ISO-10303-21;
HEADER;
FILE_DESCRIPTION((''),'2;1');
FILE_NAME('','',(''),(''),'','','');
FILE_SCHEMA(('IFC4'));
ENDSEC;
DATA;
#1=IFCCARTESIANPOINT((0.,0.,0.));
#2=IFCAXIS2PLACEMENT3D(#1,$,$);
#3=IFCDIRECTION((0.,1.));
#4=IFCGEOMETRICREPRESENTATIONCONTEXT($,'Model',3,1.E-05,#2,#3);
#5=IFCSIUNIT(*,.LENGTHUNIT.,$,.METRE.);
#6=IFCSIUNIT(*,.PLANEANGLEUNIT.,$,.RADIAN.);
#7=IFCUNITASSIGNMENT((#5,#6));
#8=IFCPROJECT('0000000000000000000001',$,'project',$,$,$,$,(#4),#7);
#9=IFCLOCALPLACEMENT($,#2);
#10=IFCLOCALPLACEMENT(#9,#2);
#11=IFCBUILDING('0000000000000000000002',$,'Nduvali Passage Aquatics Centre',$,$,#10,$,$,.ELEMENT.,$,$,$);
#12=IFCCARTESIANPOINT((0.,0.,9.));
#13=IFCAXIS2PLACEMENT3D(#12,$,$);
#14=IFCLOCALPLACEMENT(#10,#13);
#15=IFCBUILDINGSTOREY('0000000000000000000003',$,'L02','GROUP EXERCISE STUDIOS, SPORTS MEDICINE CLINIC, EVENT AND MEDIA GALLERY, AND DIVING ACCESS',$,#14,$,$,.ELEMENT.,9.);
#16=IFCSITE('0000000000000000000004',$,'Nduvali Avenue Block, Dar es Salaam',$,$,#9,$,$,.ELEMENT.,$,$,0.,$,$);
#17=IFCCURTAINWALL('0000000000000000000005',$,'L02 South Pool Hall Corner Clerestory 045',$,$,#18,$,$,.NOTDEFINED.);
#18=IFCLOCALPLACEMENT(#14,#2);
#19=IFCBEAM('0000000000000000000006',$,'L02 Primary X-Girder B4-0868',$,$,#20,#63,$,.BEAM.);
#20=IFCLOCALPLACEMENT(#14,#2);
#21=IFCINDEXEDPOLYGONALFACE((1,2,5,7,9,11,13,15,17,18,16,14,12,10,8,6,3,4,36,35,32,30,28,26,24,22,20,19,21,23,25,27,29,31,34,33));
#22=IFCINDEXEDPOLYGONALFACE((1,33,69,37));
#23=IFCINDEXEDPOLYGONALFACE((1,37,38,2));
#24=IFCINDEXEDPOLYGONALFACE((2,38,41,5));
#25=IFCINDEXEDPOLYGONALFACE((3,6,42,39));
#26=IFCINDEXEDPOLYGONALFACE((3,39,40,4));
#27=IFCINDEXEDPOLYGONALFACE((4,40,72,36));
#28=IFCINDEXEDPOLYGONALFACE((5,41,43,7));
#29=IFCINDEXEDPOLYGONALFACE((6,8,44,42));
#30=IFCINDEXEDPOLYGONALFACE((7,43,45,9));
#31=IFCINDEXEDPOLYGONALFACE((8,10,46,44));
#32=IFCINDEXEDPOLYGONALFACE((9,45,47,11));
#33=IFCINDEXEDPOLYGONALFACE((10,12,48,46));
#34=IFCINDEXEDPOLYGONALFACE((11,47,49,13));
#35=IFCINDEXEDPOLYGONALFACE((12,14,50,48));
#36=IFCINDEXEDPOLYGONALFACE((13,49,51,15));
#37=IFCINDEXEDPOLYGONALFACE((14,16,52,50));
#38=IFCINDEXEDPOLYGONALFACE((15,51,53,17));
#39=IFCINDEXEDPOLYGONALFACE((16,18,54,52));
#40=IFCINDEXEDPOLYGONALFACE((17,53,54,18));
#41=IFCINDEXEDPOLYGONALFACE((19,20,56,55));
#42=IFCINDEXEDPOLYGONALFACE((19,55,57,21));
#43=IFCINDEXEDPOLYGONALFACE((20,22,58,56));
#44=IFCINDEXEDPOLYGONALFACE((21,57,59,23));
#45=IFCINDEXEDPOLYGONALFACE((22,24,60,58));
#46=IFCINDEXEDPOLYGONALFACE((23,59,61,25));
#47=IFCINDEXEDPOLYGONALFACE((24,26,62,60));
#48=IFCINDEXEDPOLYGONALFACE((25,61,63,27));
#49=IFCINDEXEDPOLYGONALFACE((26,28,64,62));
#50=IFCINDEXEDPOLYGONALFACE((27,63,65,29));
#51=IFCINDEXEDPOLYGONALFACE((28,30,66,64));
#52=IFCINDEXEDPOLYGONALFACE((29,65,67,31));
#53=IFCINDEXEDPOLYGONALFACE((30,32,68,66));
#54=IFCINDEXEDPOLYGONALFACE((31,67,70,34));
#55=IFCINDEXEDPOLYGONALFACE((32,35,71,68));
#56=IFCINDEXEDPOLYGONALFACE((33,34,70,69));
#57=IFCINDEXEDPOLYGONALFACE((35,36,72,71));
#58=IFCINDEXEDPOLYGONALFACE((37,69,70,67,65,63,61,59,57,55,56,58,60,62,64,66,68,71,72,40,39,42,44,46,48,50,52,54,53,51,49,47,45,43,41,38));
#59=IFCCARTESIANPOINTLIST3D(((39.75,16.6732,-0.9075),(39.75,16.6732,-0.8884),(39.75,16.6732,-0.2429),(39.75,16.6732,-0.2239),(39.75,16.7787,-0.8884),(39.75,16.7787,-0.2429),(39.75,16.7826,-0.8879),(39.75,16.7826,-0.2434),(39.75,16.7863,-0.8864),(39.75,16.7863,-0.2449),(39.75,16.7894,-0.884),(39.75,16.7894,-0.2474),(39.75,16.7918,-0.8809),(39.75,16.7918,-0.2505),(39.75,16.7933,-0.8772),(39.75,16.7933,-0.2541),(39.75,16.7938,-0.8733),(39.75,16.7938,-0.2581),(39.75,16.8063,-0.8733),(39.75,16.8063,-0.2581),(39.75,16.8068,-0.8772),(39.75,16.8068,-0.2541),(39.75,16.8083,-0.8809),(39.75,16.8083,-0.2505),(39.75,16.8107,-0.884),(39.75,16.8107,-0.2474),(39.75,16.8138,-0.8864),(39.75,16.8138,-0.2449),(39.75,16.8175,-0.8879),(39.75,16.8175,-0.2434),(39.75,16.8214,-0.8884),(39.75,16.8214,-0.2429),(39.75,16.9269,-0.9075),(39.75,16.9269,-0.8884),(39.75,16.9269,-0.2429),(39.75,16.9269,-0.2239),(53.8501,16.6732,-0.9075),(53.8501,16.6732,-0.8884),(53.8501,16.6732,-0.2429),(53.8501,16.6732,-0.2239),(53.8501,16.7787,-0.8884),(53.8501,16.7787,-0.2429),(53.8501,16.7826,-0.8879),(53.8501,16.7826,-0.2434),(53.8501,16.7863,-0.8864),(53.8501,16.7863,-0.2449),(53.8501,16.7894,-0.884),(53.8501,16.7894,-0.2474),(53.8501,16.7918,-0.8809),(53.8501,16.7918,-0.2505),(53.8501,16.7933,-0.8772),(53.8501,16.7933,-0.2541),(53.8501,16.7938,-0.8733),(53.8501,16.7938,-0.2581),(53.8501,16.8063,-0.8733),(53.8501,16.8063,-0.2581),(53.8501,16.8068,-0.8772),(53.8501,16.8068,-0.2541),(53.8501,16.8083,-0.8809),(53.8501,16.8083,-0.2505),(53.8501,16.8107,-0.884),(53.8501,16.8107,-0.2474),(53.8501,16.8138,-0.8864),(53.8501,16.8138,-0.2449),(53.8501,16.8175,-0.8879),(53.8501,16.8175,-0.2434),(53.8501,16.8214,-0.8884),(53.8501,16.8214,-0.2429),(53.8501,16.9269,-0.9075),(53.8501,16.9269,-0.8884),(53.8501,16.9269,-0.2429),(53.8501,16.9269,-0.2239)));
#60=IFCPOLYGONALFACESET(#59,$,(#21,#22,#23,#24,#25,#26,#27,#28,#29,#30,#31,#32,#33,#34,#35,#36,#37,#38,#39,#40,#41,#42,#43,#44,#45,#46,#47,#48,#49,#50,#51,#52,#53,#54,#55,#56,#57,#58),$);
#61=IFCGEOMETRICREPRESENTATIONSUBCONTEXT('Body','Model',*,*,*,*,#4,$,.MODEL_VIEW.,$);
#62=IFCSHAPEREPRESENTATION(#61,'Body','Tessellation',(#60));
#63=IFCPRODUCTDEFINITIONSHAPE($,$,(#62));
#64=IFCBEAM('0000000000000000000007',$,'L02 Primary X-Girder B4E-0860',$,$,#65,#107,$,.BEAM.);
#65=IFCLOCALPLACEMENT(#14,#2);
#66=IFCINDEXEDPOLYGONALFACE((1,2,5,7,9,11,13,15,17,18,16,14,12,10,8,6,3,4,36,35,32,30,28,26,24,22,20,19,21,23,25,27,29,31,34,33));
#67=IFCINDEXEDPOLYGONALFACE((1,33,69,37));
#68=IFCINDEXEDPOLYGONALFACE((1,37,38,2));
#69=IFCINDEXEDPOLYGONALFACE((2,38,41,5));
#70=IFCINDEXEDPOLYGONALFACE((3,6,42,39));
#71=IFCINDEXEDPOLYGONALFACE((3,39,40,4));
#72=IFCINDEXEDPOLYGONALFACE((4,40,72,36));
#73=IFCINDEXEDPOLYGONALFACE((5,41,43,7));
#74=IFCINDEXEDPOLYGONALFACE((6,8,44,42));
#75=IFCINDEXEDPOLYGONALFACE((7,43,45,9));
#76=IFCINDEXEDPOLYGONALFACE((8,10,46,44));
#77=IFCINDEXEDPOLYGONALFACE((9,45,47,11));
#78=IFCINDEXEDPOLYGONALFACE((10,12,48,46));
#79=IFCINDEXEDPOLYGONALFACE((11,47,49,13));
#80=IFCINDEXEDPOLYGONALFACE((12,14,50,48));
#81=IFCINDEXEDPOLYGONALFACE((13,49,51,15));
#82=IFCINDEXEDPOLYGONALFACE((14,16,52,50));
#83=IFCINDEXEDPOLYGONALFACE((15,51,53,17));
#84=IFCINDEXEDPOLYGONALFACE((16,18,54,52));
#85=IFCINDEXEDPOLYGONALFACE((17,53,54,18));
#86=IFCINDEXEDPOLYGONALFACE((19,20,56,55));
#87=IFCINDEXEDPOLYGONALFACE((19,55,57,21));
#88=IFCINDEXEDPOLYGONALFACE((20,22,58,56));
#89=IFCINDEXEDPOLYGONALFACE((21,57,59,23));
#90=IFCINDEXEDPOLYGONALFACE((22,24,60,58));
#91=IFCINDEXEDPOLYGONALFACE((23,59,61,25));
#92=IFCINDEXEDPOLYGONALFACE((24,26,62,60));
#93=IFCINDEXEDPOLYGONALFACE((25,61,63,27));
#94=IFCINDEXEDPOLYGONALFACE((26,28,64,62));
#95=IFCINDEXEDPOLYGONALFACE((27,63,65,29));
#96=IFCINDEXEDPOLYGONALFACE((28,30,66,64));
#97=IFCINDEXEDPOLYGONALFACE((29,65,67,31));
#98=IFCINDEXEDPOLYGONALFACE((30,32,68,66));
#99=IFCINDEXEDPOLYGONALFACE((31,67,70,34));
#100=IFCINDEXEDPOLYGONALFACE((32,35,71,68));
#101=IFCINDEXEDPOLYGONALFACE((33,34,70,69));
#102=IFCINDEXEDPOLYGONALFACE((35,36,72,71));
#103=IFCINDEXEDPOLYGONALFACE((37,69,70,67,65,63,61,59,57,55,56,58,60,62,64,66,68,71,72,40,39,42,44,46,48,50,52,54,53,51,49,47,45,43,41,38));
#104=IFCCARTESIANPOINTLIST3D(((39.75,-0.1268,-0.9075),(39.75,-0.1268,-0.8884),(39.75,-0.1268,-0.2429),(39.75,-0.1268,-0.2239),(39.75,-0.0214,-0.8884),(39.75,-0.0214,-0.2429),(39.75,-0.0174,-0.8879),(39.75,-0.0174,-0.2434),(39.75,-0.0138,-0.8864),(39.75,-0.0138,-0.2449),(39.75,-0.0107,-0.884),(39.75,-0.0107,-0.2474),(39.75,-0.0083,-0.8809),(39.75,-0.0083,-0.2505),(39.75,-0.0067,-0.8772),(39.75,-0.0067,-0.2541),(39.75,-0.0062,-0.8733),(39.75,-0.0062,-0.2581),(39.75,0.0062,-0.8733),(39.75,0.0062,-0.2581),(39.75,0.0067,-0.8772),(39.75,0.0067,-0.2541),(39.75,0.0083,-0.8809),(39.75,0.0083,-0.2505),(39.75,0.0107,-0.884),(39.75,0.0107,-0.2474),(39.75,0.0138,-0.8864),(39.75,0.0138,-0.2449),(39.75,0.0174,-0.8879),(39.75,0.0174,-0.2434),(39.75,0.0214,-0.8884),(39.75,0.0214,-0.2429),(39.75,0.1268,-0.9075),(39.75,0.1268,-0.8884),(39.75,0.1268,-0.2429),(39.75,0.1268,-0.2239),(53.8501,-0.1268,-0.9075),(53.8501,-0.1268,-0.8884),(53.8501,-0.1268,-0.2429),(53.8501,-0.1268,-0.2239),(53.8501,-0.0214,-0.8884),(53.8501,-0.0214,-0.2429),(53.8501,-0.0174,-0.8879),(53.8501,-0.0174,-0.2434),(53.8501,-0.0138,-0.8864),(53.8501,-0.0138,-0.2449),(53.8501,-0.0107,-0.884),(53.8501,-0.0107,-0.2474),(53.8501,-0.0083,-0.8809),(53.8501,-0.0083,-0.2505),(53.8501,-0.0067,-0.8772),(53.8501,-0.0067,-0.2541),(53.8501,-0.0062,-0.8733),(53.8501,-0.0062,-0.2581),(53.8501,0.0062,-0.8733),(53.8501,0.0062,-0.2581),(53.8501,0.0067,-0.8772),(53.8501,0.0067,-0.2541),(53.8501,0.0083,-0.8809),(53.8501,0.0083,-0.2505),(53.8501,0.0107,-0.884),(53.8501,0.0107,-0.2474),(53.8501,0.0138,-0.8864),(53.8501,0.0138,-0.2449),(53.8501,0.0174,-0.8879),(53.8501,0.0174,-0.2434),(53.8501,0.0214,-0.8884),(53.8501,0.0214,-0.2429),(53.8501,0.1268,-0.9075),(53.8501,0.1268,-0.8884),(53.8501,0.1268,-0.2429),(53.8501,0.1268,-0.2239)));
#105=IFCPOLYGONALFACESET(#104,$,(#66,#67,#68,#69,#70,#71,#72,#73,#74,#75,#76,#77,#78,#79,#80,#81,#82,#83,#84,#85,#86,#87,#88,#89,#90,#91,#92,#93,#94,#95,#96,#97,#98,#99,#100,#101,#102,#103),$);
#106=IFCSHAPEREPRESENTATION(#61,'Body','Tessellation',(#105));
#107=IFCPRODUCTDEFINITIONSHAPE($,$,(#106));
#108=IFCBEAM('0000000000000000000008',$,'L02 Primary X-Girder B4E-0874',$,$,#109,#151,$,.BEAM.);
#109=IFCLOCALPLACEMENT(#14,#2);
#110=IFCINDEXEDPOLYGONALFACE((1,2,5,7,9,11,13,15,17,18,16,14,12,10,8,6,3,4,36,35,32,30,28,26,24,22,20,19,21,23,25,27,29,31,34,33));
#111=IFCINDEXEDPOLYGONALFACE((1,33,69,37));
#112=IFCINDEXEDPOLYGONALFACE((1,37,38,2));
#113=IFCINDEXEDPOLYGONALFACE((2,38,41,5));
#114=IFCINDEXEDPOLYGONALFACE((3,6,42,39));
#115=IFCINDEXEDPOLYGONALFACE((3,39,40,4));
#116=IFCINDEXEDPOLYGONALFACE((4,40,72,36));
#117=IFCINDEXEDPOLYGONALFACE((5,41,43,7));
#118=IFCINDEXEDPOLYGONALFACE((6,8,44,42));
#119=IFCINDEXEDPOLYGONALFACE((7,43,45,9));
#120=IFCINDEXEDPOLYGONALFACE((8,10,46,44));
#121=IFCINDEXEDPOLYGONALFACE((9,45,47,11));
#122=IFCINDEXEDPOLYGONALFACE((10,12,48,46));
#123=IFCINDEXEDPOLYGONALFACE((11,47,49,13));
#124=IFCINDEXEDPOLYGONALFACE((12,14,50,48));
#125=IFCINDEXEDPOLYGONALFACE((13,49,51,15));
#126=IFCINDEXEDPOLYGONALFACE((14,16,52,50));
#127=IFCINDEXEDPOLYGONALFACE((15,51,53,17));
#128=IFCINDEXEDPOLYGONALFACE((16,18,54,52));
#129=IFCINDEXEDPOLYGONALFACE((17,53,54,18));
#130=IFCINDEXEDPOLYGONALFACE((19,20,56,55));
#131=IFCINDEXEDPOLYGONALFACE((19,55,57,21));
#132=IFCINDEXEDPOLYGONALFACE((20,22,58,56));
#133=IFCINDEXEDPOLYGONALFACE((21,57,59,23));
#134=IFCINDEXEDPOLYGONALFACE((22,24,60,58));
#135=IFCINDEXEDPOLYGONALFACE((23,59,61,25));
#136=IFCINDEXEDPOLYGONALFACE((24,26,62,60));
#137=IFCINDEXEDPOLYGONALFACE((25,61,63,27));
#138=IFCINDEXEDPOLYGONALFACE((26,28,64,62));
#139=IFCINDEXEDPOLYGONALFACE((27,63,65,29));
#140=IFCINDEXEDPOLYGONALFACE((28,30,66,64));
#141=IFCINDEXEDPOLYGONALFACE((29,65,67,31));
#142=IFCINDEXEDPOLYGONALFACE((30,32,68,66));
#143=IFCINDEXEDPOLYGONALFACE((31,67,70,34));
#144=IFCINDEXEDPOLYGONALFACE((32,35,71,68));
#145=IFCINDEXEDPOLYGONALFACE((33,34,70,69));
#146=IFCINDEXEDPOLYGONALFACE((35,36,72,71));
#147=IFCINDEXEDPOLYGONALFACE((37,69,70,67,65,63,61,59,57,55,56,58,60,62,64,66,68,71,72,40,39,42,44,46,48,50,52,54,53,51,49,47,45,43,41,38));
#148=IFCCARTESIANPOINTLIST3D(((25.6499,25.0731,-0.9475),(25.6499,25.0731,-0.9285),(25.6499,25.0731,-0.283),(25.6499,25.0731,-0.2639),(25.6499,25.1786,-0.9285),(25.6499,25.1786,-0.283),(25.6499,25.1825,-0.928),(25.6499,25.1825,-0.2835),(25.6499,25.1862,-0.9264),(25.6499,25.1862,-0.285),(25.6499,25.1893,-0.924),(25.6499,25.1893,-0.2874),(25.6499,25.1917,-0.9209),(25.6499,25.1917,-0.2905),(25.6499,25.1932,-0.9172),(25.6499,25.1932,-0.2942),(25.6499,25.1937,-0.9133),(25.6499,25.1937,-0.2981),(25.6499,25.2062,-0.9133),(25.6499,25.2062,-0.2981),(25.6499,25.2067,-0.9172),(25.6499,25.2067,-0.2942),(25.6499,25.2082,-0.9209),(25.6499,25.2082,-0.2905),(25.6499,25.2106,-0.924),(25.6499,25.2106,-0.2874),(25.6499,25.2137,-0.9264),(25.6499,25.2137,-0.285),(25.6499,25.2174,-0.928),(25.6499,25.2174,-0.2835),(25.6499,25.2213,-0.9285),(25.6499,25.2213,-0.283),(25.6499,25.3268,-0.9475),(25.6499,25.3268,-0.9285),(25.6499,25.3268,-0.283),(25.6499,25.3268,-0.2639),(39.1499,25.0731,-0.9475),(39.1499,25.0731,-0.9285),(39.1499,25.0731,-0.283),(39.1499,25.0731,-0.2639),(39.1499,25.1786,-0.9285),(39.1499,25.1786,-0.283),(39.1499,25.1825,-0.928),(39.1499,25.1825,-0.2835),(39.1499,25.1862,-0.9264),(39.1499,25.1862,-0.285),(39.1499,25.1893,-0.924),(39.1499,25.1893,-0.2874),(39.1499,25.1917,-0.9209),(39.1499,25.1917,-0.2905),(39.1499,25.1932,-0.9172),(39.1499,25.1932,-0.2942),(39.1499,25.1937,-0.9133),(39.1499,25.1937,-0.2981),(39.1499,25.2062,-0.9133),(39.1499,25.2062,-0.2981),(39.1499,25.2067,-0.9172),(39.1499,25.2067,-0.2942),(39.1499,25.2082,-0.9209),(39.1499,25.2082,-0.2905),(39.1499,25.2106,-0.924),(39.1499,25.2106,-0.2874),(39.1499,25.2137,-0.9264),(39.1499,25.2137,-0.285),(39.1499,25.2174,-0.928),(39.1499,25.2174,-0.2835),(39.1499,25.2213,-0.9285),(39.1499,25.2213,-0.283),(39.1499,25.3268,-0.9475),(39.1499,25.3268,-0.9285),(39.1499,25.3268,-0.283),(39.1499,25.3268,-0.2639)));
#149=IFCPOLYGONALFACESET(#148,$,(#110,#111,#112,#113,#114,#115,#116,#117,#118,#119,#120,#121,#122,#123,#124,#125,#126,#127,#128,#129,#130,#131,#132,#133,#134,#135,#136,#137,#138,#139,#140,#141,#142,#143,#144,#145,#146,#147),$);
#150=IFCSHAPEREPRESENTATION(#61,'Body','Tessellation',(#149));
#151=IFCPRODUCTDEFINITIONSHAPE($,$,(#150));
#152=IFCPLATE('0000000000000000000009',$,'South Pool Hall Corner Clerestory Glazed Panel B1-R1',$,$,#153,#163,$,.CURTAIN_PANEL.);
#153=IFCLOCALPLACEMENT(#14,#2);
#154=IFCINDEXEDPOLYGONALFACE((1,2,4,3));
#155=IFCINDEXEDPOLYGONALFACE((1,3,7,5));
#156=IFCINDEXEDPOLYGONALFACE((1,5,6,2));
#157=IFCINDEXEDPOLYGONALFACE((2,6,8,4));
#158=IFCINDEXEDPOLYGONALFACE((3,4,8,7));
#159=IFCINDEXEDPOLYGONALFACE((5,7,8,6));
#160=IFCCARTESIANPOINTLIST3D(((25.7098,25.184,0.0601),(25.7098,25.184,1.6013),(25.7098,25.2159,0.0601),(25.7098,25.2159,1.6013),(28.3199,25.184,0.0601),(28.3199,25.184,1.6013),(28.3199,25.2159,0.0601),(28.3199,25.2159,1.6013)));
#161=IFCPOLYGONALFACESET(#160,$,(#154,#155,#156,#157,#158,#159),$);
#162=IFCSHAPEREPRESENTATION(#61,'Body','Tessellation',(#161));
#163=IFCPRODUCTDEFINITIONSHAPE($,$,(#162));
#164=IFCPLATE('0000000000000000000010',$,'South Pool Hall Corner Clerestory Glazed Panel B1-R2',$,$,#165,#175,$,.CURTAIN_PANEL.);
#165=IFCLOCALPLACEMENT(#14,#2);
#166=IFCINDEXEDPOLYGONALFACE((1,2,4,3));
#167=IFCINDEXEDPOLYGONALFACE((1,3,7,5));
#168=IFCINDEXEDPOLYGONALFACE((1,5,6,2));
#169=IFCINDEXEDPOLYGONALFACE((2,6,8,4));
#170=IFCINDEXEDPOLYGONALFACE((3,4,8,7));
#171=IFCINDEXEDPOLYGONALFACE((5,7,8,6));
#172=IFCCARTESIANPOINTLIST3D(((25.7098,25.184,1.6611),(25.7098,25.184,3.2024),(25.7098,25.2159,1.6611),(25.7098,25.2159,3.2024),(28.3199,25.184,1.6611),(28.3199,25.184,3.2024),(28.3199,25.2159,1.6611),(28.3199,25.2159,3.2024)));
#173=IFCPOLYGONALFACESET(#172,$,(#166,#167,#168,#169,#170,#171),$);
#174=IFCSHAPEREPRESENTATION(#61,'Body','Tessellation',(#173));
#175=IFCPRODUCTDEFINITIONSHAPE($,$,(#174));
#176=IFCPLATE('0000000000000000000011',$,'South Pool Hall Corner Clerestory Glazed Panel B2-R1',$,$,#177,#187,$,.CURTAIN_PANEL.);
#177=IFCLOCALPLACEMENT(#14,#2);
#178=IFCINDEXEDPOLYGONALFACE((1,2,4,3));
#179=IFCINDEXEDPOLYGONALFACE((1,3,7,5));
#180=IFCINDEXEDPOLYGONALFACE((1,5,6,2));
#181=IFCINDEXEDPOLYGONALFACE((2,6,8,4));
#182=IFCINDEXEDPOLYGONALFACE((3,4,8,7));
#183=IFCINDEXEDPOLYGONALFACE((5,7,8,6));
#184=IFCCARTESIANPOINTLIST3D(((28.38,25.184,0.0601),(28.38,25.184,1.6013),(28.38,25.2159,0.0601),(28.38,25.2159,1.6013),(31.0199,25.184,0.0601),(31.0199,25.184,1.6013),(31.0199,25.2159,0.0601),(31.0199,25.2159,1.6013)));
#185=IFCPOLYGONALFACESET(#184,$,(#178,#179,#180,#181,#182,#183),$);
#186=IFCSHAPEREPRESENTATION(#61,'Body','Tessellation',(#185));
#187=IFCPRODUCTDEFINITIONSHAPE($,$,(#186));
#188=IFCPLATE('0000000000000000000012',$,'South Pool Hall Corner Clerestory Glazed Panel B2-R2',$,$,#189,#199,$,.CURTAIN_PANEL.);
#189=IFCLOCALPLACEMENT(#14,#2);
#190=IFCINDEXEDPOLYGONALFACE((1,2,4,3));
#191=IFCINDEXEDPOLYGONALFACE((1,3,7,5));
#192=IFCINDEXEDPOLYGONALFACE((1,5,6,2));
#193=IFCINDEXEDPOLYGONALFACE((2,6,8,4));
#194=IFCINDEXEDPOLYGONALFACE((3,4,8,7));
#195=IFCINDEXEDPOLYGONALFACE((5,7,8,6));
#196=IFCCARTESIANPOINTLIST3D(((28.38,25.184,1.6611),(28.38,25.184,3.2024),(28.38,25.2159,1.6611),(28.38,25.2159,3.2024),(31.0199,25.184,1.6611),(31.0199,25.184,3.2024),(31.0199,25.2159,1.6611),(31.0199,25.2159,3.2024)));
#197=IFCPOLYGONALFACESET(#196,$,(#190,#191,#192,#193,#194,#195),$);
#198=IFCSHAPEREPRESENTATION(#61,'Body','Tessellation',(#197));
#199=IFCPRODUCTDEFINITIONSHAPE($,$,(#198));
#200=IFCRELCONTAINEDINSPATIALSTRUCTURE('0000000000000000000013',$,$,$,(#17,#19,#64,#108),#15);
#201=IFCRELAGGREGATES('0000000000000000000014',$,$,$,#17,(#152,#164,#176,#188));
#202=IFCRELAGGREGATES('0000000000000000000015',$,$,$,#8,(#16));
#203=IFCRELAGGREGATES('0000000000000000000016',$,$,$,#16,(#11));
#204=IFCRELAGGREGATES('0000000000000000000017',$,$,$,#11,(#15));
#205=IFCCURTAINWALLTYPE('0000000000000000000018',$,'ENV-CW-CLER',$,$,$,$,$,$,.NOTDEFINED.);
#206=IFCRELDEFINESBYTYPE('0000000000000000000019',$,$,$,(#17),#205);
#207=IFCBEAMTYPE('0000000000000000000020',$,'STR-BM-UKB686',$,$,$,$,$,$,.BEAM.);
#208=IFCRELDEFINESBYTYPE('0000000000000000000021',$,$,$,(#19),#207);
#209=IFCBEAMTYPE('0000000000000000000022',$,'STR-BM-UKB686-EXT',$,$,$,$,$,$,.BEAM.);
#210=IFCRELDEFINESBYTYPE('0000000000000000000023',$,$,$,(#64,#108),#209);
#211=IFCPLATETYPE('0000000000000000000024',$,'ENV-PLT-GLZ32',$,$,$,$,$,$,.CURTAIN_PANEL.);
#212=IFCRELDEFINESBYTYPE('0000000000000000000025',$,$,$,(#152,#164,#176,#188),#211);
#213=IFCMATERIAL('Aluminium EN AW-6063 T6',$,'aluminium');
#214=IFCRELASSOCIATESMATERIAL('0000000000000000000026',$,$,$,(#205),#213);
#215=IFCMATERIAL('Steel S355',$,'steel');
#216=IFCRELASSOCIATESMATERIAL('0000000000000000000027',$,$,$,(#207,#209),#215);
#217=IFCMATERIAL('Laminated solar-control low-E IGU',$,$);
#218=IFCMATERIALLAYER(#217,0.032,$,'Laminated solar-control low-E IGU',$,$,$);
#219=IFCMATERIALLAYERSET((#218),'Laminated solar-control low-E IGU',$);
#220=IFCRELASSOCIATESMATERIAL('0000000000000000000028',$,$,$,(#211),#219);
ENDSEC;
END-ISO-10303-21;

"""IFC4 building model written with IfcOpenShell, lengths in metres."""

from ifc_helpers import new_model, si_unit, direction, frame, origin, origin_2d, place, context, subcontext, project, spatial, rectangle, i_section, extrude, material, layer, layer_set, material_profile, profile_set, type_object, element, aggregate, save


model = new_model("IFC4")

# Units and contexts
model_context = context("Model", 3, precision=1e-05, world=origin(), true_north=direction((0.0, 1.0)))
body_context = subcontext(model_context, "Body", "Model", "MODEL_VIEW")
ifc_project = project(units=[si_unit("LENGTHUNIT", "METRE"), si_unit("PLANEANGLEUNIT", "RADIAN")], contexts=[model_context])

# Site, building, storey
site_placement = place(None, origin())
site = spatial("IfcSite", under=ifc_project, at=site_placement, Name="Nduvali Avenue Block, Dar es Salaam", CompositionType="ELEMENT", RefElevation=0.0)
building_placement = place(site_placement, origin())
building = spatial("IfcBuilding", under=site, at=building_placement, Name="Nduvali Passage Aquatics Centre", CompositionType="ELEMENT")
storey_placement = place(building_placement, frame((0.0, 0.0, 9.0)))
storey = spatial("IfcBuildingStorey", under=building, at=storey_placement, Name="L02", Description="GROUP EXERCISE STUDIOS, SPORTS MEDICINE CLINIC, EVENT AND MEDIA GALLERY, AND DIVING ACCESS", CompositionType="ELEMENT", Elevation=9.0)

# Curtain wall
ifc_material_1 = material(Name="Aluminium EN AW-6063 T6", Category="aluminium")
curtain_wall_type = type_object("IfcCurtainWallType", Name="ENV-CW-CLER", PredefinedType="NOTDEFINED", material=ifc_material_1)
curtain_wall_placement = place(storey_placement, origin())
curtain_wall = element("IfcCurtainWall", 1, at=curtain_wall_placement, inside=storey, type_object=curtain_wall_type, Name="L02 South Pool Hall Corner Clerestory 045", PredefinedType="NOTDEFINED")

# Beams
ifc_material_2 = material(Name="Steel S355", Category="steel")
ifc_material_profile_1 = material_profile(ifc_material_2, i_section(OverallWidth=0.2537, OverallDepth=0.6836, WebThickness=0.0125, FlangeThickness=0.019, FilletRadius=0.0151, at=origin_2d()), Name="UKB 686x254x140")
ifc_profile_set_1 = profile_set([ifc_material_profile_1], Name="Steel S355")
beam_type_1 = type_object("IfcBeamType", Name="STR-BM-UKB686", PredefinedType="BEAM", material=ifc_profile_set_1)
beam_1_placement = place(storey_placement, frame((39.75, 16.8, -0.5657), z_axis=(1.0, 0.0, 0.0), x_axis=(0.0, 1.0, 0.0)))
element("IfcBeam", 2, at=beam_1_placement, inside=storey, type_object=beam_type_1, Name="L02 Primary X-Girder B4-0868", PredefinedType="BEAM", context=body_context, shape_type="SweptSolid", body=[
    extrude(i_section(OverallWidth=0.2537, OverallDepth=0.6836, WebThickness=0.0125, FlangeThickness=0.019, FilletRadius=0.0151, at=origin_2d()), origin(), (0.0, 0.0, 1.0), 14.1001),
])
ifc_material_profile_2 = material_profile(ifc_material_2, i_section(OverallWidth=0.2537, OverallDepth=0.6836, WebThickness=0.0125, FlangeThickness=0.019, FilletRadius=0.0151, at=origin_2d()), Name="UKB 686x254x140")
ifc_profile_set_2 = profile_set([ifc_material_profile_2], Name="Steel S355")
beam_type_2 = type_object("IfcBeamType", Name="STR-BM-UKB686-EXT", PredefinedType="BEAM", material=ifc_profile_set_2)
beam_2_placement = place(storey_placement, frame((39.75, 0.0, -0.5657), z_axis=(1.0, 0.0, 0.0), x_axis=(0.0, 1.0, 0.0)))
element("IfcBeam", 3, at=beam_2_placement, inside=storey, type_object=beam_type_2, Name="L02 Primary X-Girder B4E-0860", PredefinedType="BEAM", context=body_context, shape_type="SweptSolid", body=[
    extrude(i_section(OverallWidth=0.2537, OverallDepth=0.6836, WebThickness=0.0125, FlangeThickness=0.019, FilletRadius=0.0151, at=origin_2d()), origin(), (0.0, 0.0, 1.0), 14.1001),
])
beam_3_placement = place(storey_placement, frame((25.6499, 25.2, -0.6057), z_axis=(1.0, 0.0, 0.0), x_axis=(0.0, 1.0, 0.0)))
element("IfcBeam", 4, at=beam_3_placement, inside=storey, type_object=beam_type_2, Name="L02 Primary X-Girder B4E-0874", PredefinedType="BEAM", context=body_context, shape_type="SweptSolid", body=[
    extrude(i_section(OverallWidth=0.2537, OverallDepth=0.6836, WebThickness=0.0125, FlangeThickness=0.019, FilletRadius=0.0151, at=origin_2d()), origin(), (0.0, 0.0, 1.0), 13.5),
])

# Plates
ifc_material_3 = material(Name="Laminated solar-control low-E IGU")
ifc_layer_1 = layer(ifc_material_3, 0.032, Name="Laminated solar-control low-E IGU")
ifc_layer_set_1 = layer_set([ifc_layer_1], Name="Laminated solar-control low-E IGU")
plate_type = type_object("IfcPlateType", Name="ENV-PLT-GLZ32", PredefinedType="CURTAIN_PANEL", material=ifc_layer_set_1)
plate_1_placement = place(storey_placement, frame((27.0149, 25.2, 0.0601), z_axis=(0.0, 0.0, 1.0), x_axis=(1.0, 0.0, 0.0)))
plate_1 = element("IfcPlate", 5, at=plate_1_placement, type_object=plate_type, Name="South Pool Hall Corner Clerestory Glazed Panel B1-R1", PredefinedType="CURTAIN_PANEL", context=body_context, shape_type="SweptSolid", body=[
    extrude(rectangle(XDim=2.6101, YDim=0.032, at=origin_2d()), origin(), (0.0, 0.0, 1.0), 1.5413),
])
plate_2_placement = place(storey_placement, frame((27.0149, 25.2, 1.6611), z_axis=(0.0, 0.0, 1.0), x_axis=(1.0, 0.0, 0.0)))
plate_2 = element("IfcPlate", 6, at=plate_2_placement, type_object=plate_type, Name="South Pool Hall Corner Clerestory Glazed Panel B1-R2", PredefinedType="CURTAIN_PANEL", context=body_context, shape_type="SweptSolid", body=[
    extrude(rectangle(XDim=2.6101, YDim=0.032, at=origin_2d()), origin(), (0.0, 0.0, 1.0), 1.5413),
])
plate_3_placement = place(storey_placement, frame((29.7, 25.2, 0.0601), z_axis=(0.0, 0.0, 1.0), x_axis=(1.0, 0.0, 0.0)))
plate_3 = element("IfcPlate", 7, at=plate_3_placement, type_object=plate_type, Name="South Pool Hall Corner Clerestory Glazed Panel B2-R1", PredefinedType="CURTAIN_PANEL", context=body_context, shape_type="SweptSolid", body=[
    extrude(rectangle(XDim=2.6399, YDim=0.032, at=origin_2d()), origin(), (0.0, 0.0, 1.0), 1.5413),
])
plate_4_placement = place(storey_placement, frame((29.7, 25.2, 1.6611), z_axis=(0.0, 0.0, 1.0), x_axis=(1.0, 0.0, 0.0)))
plate_4 = element("IfcPlate", 8, at=plate_4_placement, type_object=plate_type, Name="South Pool Hall Corner Clerestory Glazed Panel B2-R2", PredefinedType="CURTAIN_PANEL", context=body_context, shape_type="SweptSolid", body=[
    extrude(rectangle(XDim=2.6399, YDim=0.032, at=origin_2d()), origin(), (0.0, 0.0, 1.0), 1.5413),
])
aggregate(curtain_wall, [plate_1, plate_2, plate_3, plate_4])

save(model, "model.ifc")
